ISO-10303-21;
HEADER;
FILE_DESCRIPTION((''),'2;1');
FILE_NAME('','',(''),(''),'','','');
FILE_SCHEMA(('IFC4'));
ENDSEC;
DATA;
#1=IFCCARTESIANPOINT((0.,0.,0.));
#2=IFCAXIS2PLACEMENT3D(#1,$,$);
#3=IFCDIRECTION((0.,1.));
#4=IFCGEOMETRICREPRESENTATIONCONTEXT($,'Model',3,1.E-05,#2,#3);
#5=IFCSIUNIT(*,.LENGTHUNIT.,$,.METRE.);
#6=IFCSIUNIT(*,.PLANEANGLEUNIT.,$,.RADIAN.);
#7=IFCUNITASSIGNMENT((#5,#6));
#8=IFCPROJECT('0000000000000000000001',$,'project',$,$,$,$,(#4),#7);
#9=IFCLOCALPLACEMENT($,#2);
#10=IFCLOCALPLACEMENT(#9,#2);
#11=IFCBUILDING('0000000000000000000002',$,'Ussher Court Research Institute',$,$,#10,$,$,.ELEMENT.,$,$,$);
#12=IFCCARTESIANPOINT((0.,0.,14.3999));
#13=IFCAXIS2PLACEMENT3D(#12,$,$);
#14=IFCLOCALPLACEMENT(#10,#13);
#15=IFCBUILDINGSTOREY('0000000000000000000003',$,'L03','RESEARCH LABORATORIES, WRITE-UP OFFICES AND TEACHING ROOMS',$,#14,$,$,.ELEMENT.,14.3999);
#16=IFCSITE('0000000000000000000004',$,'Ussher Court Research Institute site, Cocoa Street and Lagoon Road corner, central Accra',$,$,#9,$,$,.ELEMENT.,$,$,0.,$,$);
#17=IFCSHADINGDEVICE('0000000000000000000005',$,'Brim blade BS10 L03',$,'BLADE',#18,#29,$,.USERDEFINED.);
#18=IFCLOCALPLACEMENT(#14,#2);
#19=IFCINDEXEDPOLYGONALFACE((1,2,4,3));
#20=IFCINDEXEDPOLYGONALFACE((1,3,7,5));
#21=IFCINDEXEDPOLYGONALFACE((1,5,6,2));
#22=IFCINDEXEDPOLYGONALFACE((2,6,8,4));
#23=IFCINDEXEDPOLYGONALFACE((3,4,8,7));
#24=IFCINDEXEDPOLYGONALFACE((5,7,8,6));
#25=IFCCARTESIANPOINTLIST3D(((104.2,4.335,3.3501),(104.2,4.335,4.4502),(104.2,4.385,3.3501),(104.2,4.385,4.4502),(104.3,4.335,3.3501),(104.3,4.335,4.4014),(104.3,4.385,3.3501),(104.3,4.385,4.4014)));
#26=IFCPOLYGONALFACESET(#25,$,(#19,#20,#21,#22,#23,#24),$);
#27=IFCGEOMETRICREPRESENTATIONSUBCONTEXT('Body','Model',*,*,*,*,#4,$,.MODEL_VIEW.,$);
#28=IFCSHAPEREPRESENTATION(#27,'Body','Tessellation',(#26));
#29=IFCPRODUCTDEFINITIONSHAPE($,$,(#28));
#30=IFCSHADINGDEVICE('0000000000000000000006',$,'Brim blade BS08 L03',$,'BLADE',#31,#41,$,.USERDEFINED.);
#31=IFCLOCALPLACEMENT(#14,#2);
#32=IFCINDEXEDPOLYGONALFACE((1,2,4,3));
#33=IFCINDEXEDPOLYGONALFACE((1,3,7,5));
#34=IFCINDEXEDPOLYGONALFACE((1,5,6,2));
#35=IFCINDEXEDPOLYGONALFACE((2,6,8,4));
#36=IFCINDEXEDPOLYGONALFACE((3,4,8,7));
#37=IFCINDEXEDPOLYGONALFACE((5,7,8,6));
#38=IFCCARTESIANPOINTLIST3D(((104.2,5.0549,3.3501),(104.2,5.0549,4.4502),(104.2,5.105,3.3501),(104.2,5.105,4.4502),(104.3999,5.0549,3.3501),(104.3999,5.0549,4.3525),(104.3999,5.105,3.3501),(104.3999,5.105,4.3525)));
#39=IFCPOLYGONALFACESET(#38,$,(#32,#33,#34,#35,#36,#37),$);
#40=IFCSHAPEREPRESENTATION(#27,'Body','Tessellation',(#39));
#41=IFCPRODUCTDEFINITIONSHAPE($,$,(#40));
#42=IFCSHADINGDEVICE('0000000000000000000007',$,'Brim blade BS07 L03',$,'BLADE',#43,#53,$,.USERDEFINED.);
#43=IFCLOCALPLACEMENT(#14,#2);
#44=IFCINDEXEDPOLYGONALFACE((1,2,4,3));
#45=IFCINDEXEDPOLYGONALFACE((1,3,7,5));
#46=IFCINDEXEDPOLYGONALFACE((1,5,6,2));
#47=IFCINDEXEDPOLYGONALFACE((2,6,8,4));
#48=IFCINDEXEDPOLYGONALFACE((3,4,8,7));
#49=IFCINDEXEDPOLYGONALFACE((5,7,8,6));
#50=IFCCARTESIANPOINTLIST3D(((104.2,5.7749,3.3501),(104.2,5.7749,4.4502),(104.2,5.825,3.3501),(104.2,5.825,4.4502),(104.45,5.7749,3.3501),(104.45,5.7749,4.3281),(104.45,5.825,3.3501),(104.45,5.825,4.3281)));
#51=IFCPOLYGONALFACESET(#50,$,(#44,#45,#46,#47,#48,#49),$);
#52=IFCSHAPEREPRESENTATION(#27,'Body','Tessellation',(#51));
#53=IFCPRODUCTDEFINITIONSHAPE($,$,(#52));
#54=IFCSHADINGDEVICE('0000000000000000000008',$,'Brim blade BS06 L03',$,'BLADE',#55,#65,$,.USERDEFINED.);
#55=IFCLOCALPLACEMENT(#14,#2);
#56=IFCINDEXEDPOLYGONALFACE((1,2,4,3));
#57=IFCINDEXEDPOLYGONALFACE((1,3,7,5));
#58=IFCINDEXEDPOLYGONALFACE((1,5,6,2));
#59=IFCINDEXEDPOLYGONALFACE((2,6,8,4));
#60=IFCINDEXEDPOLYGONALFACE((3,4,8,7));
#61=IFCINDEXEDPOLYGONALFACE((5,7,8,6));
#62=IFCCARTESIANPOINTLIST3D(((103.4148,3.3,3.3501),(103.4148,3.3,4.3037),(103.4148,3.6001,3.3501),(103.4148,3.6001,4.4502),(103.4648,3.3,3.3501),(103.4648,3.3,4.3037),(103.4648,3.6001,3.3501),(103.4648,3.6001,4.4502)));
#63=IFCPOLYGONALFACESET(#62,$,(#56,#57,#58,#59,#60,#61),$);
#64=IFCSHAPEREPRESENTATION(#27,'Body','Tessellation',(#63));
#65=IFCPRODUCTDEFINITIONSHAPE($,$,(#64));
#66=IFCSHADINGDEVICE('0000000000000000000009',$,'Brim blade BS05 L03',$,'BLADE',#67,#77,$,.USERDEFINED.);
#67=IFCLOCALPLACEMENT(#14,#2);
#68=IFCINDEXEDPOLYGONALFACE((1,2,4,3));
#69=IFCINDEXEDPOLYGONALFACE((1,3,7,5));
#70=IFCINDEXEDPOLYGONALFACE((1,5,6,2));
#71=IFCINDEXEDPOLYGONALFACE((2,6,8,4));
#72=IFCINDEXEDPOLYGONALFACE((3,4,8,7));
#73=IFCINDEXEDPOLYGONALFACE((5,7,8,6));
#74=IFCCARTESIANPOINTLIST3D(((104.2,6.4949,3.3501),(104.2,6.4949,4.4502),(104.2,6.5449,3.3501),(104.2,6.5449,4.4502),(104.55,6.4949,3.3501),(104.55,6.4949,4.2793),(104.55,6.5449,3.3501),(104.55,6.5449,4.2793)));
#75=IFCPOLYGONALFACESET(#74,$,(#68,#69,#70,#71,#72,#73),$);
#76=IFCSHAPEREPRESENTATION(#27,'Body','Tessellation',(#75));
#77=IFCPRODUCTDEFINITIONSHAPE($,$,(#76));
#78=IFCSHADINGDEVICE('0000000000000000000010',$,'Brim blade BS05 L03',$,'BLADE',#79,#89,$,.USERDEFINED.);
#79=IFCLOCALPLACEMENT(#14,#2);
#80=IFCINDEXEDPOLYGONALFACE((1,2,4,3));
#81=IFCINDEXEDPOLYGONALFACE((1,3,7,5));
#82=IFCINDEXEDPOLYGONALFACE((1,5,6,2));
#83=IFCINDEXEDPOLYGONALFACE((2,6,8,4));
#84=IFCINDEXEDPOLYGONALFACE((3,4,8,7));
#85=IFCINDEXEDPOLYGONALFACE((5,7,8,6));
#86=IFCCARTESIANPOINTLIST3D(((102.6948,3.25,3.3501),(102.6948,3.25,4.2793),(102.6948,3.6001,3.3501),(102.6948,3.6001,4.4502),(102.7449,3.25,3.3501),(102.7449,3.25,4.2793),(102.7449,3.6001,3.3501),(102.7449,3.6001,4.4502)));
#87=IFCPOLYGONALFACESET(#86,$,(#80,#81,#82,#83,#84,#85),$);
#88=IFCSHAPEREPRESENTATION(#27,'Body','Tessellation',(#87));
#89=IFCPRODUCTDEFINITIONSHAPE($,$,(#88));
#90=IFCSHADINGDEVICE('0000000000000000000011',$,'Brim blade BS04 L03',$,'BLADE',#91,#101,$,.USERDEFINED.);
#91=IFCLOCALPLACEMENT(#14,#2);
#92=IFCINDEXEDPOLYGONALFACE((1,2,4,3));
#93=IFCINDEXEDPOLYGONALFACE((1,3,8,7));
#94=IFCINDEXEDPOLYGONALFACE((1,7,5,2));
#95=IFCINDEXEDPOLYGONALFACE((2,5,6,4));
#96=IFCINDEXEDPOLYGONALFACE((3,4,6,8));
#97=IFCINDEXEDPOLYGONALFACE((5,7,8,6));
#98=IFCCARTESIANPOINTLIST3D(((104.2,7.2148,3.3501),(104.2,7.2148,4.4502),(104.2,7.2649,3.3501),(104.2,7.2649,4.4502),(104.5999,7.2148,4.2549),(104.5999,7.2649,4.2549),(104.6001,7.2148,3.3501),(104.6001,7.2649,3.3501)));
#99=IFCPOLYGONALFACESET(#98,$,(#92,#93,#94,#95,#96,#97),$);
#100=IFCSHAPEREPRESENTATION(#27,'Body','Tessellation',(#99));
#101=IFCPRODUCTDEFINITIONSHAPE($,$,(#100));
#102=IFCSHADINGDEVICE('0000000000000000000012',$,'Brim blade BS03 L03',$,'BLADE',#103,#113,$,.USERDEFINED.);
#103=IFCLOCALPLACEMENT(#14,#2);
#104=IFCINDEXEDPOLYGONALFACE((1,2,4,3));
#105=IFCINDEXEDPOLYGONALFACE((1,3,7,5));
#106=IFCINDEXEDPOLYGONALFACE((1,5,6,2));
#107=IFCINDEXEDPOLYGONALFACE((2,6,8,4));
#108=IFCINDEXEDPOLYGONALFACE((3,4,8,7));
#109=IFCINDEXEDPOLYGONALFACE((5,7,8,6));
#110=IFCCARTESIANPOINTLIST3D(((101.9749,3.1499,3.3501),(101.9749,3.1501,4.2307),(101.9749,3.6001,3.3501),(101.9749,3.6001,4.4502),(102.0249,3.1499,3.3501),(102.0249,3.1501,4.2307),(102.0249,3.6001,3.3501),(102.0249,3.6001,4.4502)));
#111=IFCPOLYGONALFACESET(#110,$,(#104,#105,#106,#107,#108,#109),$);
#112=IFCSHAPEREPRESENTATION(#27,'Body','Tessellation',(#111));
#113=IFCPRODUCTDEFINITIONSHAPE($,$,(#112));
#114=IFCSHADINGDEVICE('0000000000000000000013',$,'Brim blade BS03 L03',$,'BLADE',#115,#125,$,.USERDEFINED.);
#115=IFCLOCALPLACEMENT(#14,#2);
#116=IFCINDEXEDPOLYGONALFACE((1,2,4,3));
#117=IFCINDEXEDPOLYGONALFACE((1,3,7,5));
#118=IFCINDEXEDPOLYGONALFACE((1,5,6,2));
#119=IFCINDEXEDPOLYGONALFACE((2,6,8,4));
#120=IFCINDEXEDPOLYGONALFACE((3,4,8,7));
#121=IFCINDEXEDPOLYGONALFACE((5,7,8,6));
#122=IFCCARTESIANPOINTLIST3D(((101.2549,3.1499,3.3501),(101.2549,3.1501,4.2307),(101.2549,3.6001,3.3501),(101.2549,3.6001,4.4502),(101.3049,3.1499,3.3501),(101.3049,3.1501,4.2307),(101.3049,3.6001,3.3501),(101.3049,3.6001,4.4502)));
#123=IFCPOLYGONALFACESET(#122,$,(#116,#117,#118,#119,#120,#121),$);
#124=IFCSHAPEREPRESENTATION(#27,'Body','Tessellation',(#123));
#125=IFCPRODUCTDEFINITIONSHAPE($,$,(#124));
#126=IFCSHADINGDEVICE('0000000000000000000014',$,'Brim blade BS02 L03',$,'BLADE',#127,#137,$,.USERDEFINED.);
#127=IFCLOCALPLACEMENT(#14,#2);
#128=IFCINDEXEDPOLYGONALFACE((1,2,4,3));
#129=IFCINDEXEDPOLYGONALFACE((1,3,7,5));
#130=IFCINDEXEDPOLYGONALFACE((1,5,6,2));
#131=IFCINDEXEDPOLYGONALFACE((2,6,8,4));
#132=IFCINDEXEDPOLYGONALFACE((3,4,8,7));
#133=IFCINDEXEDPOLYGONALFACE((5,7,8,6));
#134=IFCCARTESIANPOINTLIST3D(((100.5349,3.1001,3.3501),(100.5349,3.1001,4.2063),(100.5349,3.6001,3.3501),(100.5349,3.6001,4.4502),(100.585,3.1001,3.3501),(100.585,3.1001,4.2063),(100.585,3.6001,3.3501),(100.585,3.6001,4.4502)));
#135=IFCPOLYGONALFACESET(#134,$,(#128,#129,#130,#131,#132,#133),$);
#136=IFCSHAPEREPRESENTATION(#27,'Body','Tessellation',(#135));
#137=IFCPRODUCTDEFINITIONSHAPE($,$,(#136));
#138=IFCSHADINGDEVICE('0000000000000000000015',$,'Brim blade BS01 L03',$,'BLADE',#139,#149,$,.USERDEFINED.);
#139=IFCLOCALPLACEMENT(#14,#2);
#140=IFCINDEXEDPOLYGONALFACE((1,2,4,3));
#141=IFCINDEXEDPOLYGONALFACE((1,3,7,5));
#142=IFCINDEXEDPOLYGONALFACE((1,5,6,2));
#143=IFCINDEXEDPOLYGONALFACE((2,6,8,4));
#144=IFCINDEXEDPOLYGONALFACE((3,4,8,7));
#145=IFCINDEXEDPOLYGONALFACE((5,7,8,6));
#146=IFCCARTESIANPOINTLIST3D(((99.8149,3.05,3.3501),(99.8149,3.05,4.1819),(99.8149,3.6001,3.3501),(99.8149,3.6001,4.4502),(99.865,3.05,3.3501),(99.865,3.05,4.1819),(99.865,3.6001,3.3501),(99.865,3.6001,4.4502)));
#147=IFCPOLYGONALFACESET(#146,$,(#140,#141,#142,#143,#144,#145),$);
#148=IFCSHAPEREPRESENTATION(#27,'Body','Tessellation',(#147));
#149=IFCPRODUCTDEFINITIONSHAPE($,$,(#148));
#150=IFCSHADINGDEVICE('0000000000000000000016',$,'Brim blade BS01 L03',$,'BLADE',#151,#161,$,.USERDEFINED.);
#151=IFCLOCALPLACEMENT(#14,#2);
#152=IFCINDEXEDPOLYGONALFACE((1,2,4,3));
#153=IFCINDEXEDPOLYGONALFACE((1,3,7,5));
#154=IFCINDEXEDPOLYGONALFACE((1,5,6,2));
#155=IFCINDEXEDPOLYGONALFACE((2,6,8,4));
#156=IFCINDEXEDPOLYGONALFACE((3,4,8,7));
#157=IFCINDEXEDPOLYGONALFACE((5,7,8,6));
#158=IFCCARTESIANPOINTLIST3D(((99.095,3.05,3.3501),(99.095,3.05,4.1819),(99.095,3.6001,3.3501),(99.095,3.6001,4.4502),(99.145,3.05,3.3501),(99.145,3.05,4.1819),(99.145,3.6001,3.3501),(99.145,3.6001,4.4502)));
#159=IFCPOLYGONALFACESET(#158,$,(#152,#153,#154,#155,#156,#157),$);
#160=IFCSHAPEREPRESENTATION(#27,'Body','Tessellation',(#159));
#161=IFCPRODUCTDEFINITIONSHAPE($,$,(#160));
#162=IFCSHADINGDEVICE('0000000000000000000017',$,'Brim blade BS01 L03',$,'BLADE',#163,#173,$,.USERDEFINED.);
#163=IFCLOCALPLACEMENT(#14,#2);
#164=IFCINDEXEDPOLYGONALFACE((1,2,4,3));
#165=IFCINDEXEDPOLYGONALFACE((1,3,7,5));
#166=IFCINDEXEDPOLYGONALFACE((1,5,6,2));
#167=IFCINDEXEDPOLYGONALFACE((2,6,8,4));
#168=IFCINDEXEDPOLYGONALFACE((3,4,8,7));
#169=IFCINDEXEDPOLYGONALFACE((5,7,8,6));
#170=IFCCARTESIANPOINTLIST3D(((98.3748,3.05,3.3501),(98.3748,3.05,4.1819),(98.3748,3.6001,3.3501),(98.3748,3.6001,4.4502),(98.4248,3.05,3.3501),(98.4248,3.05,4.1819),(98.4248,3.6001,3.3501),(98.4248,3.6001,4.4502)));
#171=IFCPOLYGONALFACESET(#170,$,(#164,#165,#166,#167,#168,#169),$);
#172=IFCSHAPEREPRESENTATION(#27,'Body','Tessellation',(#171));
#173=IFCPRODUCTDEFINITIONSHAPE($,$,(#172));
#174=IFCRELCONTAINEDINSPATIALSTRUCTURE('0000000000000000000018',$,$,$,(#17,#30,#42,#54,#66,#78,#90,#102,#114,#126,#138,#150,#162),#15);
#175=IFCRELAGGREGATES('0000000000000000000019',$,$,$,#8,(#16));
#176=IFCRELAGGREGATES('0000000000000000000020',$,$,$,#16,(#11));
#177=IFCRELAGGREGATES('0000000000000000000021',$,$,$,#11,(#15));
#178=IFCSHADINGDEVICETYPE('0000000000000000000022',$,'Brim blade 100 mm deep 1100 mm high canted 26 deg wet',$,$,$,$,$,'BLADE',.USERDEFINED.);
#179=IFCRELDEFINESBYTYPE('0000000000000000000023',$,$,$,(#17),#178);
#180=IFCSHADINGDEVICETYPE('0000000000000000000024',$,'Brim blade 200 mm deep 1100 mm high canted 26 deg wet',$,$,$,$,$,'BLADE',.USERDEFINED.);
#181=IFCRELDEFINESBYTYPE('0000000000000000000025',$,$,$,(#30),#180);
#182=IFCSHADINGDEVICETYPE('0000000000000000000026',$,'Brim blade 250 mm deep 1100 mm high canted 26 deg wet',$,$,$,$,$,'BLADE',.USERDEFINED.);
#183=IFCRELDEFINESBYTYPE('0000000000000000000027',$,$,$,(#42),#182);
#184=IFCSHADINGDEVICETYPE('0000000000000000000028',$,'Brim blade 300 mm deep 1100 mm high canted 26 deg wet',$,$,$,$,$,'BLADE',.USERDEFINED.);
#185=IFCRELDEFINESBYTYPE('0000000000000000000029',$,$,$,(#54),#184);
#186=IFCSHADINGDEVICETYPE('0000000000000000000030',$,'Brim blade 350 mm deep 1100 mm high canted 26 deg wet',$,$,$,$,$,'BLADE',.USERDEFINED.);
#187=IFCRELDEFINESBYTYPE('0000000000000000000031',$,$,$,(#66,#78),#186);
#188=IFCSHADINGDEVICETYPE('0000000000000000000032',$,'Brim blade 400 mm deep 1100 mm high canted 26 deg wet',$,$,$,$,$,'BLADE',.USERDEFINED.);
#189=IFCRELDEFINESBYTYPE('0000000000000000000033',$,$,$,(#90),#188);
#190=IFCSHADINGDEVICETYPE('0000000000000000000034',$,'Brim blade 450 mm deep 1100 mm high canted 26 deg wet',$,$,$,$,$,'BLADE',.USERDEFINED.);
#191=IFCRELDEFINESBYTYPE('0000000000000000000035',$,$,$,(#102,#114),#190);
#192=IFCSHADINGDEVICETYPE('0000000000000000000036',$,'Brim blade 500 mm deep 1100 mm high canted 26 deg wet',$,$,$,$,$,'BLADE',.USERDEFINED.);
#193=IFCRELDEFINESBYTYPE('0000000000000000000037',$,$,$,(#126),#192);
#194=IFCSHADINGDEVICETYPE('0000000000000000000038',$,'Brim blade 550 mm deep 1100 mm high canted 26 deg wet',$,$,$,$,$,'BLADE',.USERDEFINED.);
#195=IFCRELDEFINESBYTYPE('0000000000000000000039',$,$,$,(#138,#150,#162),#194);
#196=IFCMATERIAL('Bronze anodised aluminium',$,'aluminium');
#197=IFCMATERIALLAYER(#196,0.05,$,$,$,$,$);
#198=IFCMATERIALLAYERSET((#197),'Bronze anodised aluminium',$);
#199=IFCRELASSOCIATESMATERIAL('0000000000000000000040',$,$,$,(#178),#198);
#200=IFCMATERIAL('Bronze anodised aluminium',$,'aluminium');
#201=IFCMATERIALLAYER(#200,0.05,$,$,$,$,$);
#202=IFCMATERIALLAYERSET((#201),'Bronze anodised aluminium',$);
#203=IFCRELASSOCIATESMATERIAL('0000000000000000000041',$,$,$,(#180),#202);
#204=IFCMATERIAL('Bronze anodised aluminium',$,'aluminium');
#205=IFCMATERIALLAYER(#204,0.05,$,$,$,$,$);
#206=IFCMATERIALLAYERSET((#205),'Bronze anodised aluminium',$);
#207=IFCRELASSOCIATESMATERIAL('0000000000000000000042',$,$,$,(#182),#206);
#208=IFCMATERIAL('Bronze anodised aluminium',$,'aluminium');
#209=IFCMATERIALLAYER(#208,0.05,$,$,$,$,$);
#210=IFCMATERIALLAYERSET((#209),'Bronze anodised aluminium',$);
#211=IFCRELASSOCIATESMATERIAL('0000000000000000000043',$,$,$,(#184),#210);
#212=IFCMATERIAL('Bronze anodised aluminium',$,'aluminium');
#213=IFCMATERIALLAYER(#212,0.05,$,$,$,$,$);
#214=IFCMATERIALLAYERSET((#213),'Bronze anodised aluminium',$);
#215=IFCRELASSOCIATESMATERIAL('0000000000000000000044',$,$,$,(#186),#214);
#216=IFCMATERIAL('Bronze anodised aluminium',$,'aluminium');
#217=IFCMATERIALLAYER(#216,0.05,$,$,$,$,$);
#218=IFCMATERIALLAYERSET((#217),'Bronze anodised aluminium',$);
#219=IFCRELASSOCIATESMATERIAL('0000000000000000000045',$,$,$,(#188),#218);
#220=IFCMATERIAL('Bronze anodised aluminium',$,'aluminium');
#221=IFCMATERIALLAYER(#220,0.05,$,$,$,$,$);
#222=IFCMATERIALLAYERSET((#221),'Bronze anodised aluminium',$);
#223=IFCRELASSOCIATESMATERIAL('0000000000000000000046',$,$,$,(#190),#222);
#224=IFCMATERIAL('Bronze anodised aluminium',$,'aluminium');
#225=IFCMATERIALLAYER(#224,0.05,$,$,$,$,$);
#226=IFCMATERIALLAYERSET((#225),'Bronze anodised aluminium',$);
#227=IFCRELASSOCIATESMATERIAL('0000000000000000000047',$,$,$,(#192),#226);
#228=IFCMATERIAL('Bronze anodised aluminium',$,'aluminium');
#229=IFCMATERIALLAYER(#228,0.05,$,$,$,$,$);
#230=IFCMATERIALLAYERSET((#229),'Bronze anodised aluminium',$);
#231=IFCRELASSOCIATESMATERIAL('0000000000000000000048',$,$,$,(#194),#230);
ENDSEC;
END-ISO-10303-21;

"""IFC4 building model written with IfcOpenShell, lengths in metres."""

from ifc_helpers import new_model, si_unit, direction, frame, origin, place, context, subcontext, project, spatial, polyline, outline, extrude, material, layer, layer_set, type_object, element, save


model = new_model("IFC4")

# Units and contexts
model_context = context("Model", 3, precision=1e-05, world=origin(), true_north=direction((0.0, 1.0)))
body_context = subcontext(model_context, "Body", "Model", "MODEL_VIEW")
ifc_project = project(units=[si_unit("LENGTHUNIT", "METRE"), si_unit("PLANEANGLEUNIT", "RADIAN")], contexts=[model_context])

# Site, building, storey
site_placement = place(None, origin())
site = spatial("IfcSite", under=ifc_project, at=site_placement, Name="Ussher Court Research Institute site, Cocoa Street and Lagoon Road corner, central Accra", CompositionType="ELEMENT", RefElevation=0.0)
building_placement = place(site_placement, origin())
building = spatial("IfcBuilding", under=site, at=building_placement, Name="Ussher Court Research Institute", CompositionType="ELEMENT")
storey_placement = place(building_placement, frame((0.0, 0.0, 14.3999)))
storey = spatial("IfcBuildingStorey", under=building, at=storey_placement, Name="L03", Description="RESEARCH LABORATORIES, WRITE-UP OFFICES AND TEACHING ROOMS", CompositionType="ELEMENT", Elevation=14.3999)

# Shading devices
ifc_material_1 = material(Name="Bronze anodised aluminium", Category="aluminium")
ifc_layer_1 = layer(ifc_material_1, 0.05)
ifc_layer_set_1 = layer_set([ifc_layer_1], Name="Bronze anodised aluminium")
shading_device_type_1 = type_object("IfcShadingDeviceType", Name="Brim blade 100 mm deep 1100 mm high canted 26 deg wet", ElementType="BLADE", PredefinedType="USERDEFINED", material=ifc_layer_set_1)
shading_device_1_placement = place(storey_placement, frame((104.2, 4.3601, 3.3501), z_axis=(0.0, 0.0, 1.0), x_axis=(1.0, 0.0, 0.0)))
element("IfcShadingDevice", 1, at=shading_device_1_placement, inside=storey, type_object=shading_device_type_1, Name="Brim blade BS10 L03", ObjectType="BLADE", PredefinedType="USERDEFINED", context=body_context, shape_type="SweptSolid", body=[
    extrude(outline(polyline([(0.0, 0.0), (0.1001, 0.0), (0.1001, 1.0513), (0.0, 1.1001), (0.0, 0.0)])), frame((0.0, 0.0249, 0.0), z_axis=(0.0, -1.0, 0.0), x_axis=(1.0, 0.0, 0.0)), (0.0, 0.0, 1.0), 0.05),
])
ifc_material_2 = material(Name="Bronze anodised aluminium", Category="aluminium")
ifc_layer_2 = layer(ifc_material_2, 0.05)
ifc_layer_set_2 = layer_set([ifc_layer_2], Name="Bronze anodised aluminium")
shading_device_type_2 = type_object("IfcShadingDeviceType", Name="Brim blade 200 mm deep 1100 mm high canted 26 deg wet", ElementType="BLADE", PredefinedType="USERDEFINED", material=ifc_layer_set_2)
shading_device_2_placement = place(storey_placement, frame((104.2, 5.0801, 3.3501), z_axis=(0.0, 0.0, 1.0), x_axis=(1.0, 0.0, 0.0)))
element("IfcShadingDevice", 2, at=shading_device_2_placement, inside=storey, type_object=shading_device_type_2, Name="Brim blade BS08 L03", ObjectType="BLADE", PredefinedType="USERDEFINED", context=body_context, shape_type="SweptSolid", body=[
    extrude(outline(polyline([(0.0, 0.0), (0.2, 0.0), (0.2, 1.0024), (0.0, 1.1001), (0.0, 0.0)])), frame((0.0, 0.0249, 0.0), z_axis=(0.0, -1.0, 0.0), x_axis=(1.0, 0.0, 0.0)), (0.0, 0.0, 1.0), 0.05),
])
ifc_material_3 = material(Name="Bronze anodised aluminium", Category="aluminium")
ifc_layer_3 = layer(ifc_material_3, 0.05)
ifc_layer_set_3 = layer_set([ifc_layer_3], Name="Bronze anodised aluminium")
shading_device_type_3 = type_object("IfcShadingDeviceType", Name="Brim blade 250 mm deep 1100 mm high canted 26 deg wet", ElementType="BLADE", PredefinedType="USERDEFINED", material=ifc_layer_set_3)
shading_device_3_placement = place(storey_placement, frame((104.2, 5.8, 3.3501), z_axis=(0.0, 0.0, 1.0), x_axis=(1.0, 0.0, 0.0)))
element("IfcShadingDevice", 3, at=shading_device_3_placement, inside=storey, type_object=shading_device_type_3, Name="Brim blade BS07 L03", ObjectType="BLADE", PredefinedType="USERDEFINED", context=body_context, shape_type="SweptSolid", body=[
    extrude(outline(polyline([(0.0, 0.0), (0.25, 0.0), (0.25, 0.978), (0.0, 1.1001), (0.0, 0.0)])), frame((0.0, 0.0249, 0.0), z_axis=(0.0, -1.0, 0.0), x_axis=(1.0, 0.0, 0.0)), (0.0, 0.0, 1.0), 0.05),
])
ifc_material_4 = material(Name="Bronze anodised aluminium", Category="aluminium")
ifc_layer_4 = layer(ifc_material_4, 0.05)
ifc_layer_set_4 = layer_set([ifc_layer_4], Name="Bronze anodised aluminium")
shading_device_type_4 = type_object("IfcShadingDeviceType", Name="Brim blade 300 mm deep 1100 mm high canted 26 deg wet", ElementType="BLADE", PredefinedType="USERDEFINED", material=ifc_layer_set_4)
shading_device_4_placement = place(storey_placement, frame((103.4399, 3.6001, 3.3501), z_axis=(0.0, 0.0, 1.0), x_axis=(0.0, -1.0, 0.0)))
element("IfcShadingDevice", 4, at=shading_device_4_placement, inside=storey, type_object=shading_device_type_4, Name="Brim blade BS06 L03", ObjectType="BLADE", PredefinedType="USERDEFINED", context=body_context, shape_type="SweptSolid", body=[
    extrude(outline(polyline([(0.0, 0.0), (0.3, 0.0), (0.3, 0.9536), (0.0, 1.1001), (0.0, 0.0)])), frame((0.0, 0.0249, 0.0), z_axis=(0.0, -1.0, 0.0), x_axis=(1.0, 0.0, 0.0)), (0.0, 0.0, 1.0), 0.05),
])
ifc_material_5 = material(Name="Bronze anodised aluminium", Category="aluminium")
ifc_layer_5 = layer(ifc_material_5, 0.05)
ifc_layer_set_5 = layer_set([ifc_layer_5], Name="Bronze anodised aluminium")
shading_device_type_5 = type_object("IfcShadingDeviceType", Name="Brim blade 350 mm deep 1100 mm high canted 26 deg wet", ElementType="BLADE", PredefinedType="USERDEFINED", material=ifc_layer_set_5)
for number, where, z_axis, x_axis, name in (
    (5, (104.2, 6.52, 3.3501), (0.0, 0.0, 1.0), (1.0, 0.0, 0.0), "Brim blade BS05 L03"),
    (6, (102.72, 3.6001, 3.3501), (0.0, 0.0, 1.0), (0.0, -1.0, 0.0), "Brim blade BS05 L03"),
):
    element("IfcShadingDevice", number, at=place(storey_placement, frame(where, z_axis=z_axis, x_axis=x_axis)), inside=storey, type_object=shading_device_type_5, Name=name, ObjectType="BLADE", PredefinedType="USERDEFINED", context=body_context, shape_type="SweptSolid", body=[
        extrude(outline(polyline([(0.0, 0.0), (0.3501, 0.0), (0.3501, 0.9292), (0.0, 1.1001), (0.0, 0.0)])), frame((0.0, 0.0249, 0.0), z_axis=(0.0, -1.0, 0.0), x_axis=(1.0, 0.0, 0.0)), (0.0, 0.0, 1.0), 0.05),
    ])
ifc_material_6 = material(Name="Bronze anodised aluminium", Category="aluminium")
ifc_layer_6 = layer(ifc_material_6, 0.05)
ifc_layer_set_6 = layer_set([ifc_layer_6], Name="Bronze anodised aluminium")
shading_device_type_6 = type_object("IfcShadingDeviceType", Name="Brim blade 400 mm deep 1100 mm high canted 26 deg wet", ElementType="BLADE", PredefinedType="USERDEFINED", material=ifc_layer_set_6)
shading_device_5_placement = place(storey_placement, frame((104.2, 7.24, 3.3501), z_axis=(0.0, 0.0, 1.0), x_axis=(1.0, 0.0, 0.0)))
element("IfcShadingDevice", 7, at=shading_device_5_placement, inside=storey, type_object=shading_device_type_6, Name="Brim blade BS04 L03", ObjectType="BLADE", PredefinedType="USERDEFINED", context=body_context, shape_type="SweptSolid", body=[
    extrude(outline(polyline([(0.0, 0.0), (0.4001, 0.0), (0.3999, 0.9048), (0.0, 1.1001), (0.0, 0.0)])), frame((0.0, 0.0249, 0.0), z_axis=(0.0, -1.0, 0.0), x_axis=(1.0, 0.0, 0.0)), (0.0, 0.0, 1.0), 0.05),
])
ifc_material_7 = material(Name="Bronze anodised aluminium", Category="aluminium")
ifc_layer_7 = layer(ifc_material_7, 0.05)
ifc_layer_set_7 = layer_set([ifc_layer_7], Name="Bronze anodised aluminium")
shading_device_type_7 = type_object("IfcShadingDeviceType", Name="Brim blade 450 mm deep 1100 mm high canted 26 deg wet", ElementType="BLADE", PredefinedType="USERDEFINED", material=ifc_layer_set_7)
for number, where, z_axis, x_axis, name in (
    (8, (102.0, 3.6001, 3.3501), (0.0, 0.0, 1.0), (0.0, -1.0, 0.0), "Brim blade BS03 L03"),
    (9, (101.28, 3.6001, 3.3501), (0.0, 0.0, 1.0), (0.0, -1.0, 0.0), "Brim blade BS03 L03"),
):
    element("IfcShadingDevice", number, at=place(storey_placement, frame(where, z_axis=z_axis, x_axis=x_axis)), inside=storey, type_object=shading_device_type_7, Name=name, ObjectType="BLADE", PredefinedType="USERDEFINED", context=body_context, shape_type="SweptSolid", body=[
        extrude(outline(polyline([(0.0, 0.0), (0.4502, 0.0), (0.45, 0.8806), (0.0, 1.1001), (0.0, 0.0)])), frame((0.0, 0.0249, 0.0), z_axis=(0.0, -1.0, 0.0), x_axis=(1.0, 0.0, 0.0)), (0.0, 0.0, 1.0), 0.05),
    ])
ifc_material_8 = material(Name="Bronze anodised aluminium", Category="aluminium")
ifc_layer_8 = layer(ifc_material_8, 0.05)
ifc_layer_set_8 = layer_set([ifc_layer_8], Name="Bronze anodised aluminium")
shading_device_type_8 = type_object("IfcShadingDeviceType", Name="Brim blade 500 mm deep 1100 mm high canted 26 deg wet", ElementType="BLADE", PredefinedType="USERDEFINED", material=ifc_layer_set_8)
shading_device_6_placement = place(storey_placement, frame((100.5601, 3.6001, 3.3501), z_axis=(0.0, 0.0, 1.0), x_axis=(0.0, -1.0, 0.0)))
element("IfcShadingDevice", 10, at=shading_device_6_placement, inside=storey, type_object=shading_device_type_8, Name="Brim blade BS02 L03", ObjectType="BLADE", PredefinedType="USERDEFINED", context=body_context, shape_type="SweptSolid", body=[
    extrude(outline(polyline([(0.0, 0.0), (0.5, 0.0), (0.5, 0.8562), (0.0, 1.1001), (0.0, 0.0)])), frame((0.0, 0.0249, 0.0), z_axis=(0.0, -1.0, 0.0), x_axis=(1.0, 0.0, 0.0)), (0.0, 0.0, 1.0), 0.05),
])
ifc_material_9 = material(Name="Bronze anodised aluminium", Category="aluminium")
ifc_layer_9 = layer(ifc_material_9, 0.05)
ifc_layer_set_9 = layer_set([ifc_layer_9], Name="Bronze anodised aluminium")
shading_device_type_9 = type_object("IfcShadingDeviceType", Name="Brim blade 550 mm deep 1100 mm high canted 26 deg wet", ElementType="BLADE", PredefinedType="USERDEFINED", material=ifc_layer_set_9)
for number, where, z_axis, x_axis, name in (
    (11, (99.8401, 3.6001, 3.3501), (0.0, 0.0, 1.0), (0.0, -1.0, 0.0), "Brim blade BS01 L03"),
    (12, (99.1201, 3.6001, 3.3501), (0.0, 0.0, 1.0), (0.0, -1.0, 0.0), "Brim blade BS01 L03"),
    (13, (98.3999, 3.6001, 3.3501), (0.0, 0.0, 1.0), (0.0, -1.0, 0.0), "Brim blade BS01 L03"),
):
    element("IfcShadingDevice", number, at=place(storey_placement, frame(where, z_axis=z_axis, x_axis=x_axis)), inside=storey, type_object=shading_device_type_9, Name=name, ObjectType="BLADE", PredefinedType="USERDEFINED", context=body_context, shape_type="SweptSolid", body=[
        extrude(outline(polyline([(0.0, 0.0), (0.55, 0.0), (0.55, 0.8318), (0.0, 1.1001), (0.0, 0.0)])), frame((0.0, 0.0249, 0.0), z_axis=(0.0, -1.0, 0.0), x_axis=(1.0, 0.0, 0.0)), (0.0, 0.0, 1.0), 0.05),
    ])

save(model, "model.ifc")
